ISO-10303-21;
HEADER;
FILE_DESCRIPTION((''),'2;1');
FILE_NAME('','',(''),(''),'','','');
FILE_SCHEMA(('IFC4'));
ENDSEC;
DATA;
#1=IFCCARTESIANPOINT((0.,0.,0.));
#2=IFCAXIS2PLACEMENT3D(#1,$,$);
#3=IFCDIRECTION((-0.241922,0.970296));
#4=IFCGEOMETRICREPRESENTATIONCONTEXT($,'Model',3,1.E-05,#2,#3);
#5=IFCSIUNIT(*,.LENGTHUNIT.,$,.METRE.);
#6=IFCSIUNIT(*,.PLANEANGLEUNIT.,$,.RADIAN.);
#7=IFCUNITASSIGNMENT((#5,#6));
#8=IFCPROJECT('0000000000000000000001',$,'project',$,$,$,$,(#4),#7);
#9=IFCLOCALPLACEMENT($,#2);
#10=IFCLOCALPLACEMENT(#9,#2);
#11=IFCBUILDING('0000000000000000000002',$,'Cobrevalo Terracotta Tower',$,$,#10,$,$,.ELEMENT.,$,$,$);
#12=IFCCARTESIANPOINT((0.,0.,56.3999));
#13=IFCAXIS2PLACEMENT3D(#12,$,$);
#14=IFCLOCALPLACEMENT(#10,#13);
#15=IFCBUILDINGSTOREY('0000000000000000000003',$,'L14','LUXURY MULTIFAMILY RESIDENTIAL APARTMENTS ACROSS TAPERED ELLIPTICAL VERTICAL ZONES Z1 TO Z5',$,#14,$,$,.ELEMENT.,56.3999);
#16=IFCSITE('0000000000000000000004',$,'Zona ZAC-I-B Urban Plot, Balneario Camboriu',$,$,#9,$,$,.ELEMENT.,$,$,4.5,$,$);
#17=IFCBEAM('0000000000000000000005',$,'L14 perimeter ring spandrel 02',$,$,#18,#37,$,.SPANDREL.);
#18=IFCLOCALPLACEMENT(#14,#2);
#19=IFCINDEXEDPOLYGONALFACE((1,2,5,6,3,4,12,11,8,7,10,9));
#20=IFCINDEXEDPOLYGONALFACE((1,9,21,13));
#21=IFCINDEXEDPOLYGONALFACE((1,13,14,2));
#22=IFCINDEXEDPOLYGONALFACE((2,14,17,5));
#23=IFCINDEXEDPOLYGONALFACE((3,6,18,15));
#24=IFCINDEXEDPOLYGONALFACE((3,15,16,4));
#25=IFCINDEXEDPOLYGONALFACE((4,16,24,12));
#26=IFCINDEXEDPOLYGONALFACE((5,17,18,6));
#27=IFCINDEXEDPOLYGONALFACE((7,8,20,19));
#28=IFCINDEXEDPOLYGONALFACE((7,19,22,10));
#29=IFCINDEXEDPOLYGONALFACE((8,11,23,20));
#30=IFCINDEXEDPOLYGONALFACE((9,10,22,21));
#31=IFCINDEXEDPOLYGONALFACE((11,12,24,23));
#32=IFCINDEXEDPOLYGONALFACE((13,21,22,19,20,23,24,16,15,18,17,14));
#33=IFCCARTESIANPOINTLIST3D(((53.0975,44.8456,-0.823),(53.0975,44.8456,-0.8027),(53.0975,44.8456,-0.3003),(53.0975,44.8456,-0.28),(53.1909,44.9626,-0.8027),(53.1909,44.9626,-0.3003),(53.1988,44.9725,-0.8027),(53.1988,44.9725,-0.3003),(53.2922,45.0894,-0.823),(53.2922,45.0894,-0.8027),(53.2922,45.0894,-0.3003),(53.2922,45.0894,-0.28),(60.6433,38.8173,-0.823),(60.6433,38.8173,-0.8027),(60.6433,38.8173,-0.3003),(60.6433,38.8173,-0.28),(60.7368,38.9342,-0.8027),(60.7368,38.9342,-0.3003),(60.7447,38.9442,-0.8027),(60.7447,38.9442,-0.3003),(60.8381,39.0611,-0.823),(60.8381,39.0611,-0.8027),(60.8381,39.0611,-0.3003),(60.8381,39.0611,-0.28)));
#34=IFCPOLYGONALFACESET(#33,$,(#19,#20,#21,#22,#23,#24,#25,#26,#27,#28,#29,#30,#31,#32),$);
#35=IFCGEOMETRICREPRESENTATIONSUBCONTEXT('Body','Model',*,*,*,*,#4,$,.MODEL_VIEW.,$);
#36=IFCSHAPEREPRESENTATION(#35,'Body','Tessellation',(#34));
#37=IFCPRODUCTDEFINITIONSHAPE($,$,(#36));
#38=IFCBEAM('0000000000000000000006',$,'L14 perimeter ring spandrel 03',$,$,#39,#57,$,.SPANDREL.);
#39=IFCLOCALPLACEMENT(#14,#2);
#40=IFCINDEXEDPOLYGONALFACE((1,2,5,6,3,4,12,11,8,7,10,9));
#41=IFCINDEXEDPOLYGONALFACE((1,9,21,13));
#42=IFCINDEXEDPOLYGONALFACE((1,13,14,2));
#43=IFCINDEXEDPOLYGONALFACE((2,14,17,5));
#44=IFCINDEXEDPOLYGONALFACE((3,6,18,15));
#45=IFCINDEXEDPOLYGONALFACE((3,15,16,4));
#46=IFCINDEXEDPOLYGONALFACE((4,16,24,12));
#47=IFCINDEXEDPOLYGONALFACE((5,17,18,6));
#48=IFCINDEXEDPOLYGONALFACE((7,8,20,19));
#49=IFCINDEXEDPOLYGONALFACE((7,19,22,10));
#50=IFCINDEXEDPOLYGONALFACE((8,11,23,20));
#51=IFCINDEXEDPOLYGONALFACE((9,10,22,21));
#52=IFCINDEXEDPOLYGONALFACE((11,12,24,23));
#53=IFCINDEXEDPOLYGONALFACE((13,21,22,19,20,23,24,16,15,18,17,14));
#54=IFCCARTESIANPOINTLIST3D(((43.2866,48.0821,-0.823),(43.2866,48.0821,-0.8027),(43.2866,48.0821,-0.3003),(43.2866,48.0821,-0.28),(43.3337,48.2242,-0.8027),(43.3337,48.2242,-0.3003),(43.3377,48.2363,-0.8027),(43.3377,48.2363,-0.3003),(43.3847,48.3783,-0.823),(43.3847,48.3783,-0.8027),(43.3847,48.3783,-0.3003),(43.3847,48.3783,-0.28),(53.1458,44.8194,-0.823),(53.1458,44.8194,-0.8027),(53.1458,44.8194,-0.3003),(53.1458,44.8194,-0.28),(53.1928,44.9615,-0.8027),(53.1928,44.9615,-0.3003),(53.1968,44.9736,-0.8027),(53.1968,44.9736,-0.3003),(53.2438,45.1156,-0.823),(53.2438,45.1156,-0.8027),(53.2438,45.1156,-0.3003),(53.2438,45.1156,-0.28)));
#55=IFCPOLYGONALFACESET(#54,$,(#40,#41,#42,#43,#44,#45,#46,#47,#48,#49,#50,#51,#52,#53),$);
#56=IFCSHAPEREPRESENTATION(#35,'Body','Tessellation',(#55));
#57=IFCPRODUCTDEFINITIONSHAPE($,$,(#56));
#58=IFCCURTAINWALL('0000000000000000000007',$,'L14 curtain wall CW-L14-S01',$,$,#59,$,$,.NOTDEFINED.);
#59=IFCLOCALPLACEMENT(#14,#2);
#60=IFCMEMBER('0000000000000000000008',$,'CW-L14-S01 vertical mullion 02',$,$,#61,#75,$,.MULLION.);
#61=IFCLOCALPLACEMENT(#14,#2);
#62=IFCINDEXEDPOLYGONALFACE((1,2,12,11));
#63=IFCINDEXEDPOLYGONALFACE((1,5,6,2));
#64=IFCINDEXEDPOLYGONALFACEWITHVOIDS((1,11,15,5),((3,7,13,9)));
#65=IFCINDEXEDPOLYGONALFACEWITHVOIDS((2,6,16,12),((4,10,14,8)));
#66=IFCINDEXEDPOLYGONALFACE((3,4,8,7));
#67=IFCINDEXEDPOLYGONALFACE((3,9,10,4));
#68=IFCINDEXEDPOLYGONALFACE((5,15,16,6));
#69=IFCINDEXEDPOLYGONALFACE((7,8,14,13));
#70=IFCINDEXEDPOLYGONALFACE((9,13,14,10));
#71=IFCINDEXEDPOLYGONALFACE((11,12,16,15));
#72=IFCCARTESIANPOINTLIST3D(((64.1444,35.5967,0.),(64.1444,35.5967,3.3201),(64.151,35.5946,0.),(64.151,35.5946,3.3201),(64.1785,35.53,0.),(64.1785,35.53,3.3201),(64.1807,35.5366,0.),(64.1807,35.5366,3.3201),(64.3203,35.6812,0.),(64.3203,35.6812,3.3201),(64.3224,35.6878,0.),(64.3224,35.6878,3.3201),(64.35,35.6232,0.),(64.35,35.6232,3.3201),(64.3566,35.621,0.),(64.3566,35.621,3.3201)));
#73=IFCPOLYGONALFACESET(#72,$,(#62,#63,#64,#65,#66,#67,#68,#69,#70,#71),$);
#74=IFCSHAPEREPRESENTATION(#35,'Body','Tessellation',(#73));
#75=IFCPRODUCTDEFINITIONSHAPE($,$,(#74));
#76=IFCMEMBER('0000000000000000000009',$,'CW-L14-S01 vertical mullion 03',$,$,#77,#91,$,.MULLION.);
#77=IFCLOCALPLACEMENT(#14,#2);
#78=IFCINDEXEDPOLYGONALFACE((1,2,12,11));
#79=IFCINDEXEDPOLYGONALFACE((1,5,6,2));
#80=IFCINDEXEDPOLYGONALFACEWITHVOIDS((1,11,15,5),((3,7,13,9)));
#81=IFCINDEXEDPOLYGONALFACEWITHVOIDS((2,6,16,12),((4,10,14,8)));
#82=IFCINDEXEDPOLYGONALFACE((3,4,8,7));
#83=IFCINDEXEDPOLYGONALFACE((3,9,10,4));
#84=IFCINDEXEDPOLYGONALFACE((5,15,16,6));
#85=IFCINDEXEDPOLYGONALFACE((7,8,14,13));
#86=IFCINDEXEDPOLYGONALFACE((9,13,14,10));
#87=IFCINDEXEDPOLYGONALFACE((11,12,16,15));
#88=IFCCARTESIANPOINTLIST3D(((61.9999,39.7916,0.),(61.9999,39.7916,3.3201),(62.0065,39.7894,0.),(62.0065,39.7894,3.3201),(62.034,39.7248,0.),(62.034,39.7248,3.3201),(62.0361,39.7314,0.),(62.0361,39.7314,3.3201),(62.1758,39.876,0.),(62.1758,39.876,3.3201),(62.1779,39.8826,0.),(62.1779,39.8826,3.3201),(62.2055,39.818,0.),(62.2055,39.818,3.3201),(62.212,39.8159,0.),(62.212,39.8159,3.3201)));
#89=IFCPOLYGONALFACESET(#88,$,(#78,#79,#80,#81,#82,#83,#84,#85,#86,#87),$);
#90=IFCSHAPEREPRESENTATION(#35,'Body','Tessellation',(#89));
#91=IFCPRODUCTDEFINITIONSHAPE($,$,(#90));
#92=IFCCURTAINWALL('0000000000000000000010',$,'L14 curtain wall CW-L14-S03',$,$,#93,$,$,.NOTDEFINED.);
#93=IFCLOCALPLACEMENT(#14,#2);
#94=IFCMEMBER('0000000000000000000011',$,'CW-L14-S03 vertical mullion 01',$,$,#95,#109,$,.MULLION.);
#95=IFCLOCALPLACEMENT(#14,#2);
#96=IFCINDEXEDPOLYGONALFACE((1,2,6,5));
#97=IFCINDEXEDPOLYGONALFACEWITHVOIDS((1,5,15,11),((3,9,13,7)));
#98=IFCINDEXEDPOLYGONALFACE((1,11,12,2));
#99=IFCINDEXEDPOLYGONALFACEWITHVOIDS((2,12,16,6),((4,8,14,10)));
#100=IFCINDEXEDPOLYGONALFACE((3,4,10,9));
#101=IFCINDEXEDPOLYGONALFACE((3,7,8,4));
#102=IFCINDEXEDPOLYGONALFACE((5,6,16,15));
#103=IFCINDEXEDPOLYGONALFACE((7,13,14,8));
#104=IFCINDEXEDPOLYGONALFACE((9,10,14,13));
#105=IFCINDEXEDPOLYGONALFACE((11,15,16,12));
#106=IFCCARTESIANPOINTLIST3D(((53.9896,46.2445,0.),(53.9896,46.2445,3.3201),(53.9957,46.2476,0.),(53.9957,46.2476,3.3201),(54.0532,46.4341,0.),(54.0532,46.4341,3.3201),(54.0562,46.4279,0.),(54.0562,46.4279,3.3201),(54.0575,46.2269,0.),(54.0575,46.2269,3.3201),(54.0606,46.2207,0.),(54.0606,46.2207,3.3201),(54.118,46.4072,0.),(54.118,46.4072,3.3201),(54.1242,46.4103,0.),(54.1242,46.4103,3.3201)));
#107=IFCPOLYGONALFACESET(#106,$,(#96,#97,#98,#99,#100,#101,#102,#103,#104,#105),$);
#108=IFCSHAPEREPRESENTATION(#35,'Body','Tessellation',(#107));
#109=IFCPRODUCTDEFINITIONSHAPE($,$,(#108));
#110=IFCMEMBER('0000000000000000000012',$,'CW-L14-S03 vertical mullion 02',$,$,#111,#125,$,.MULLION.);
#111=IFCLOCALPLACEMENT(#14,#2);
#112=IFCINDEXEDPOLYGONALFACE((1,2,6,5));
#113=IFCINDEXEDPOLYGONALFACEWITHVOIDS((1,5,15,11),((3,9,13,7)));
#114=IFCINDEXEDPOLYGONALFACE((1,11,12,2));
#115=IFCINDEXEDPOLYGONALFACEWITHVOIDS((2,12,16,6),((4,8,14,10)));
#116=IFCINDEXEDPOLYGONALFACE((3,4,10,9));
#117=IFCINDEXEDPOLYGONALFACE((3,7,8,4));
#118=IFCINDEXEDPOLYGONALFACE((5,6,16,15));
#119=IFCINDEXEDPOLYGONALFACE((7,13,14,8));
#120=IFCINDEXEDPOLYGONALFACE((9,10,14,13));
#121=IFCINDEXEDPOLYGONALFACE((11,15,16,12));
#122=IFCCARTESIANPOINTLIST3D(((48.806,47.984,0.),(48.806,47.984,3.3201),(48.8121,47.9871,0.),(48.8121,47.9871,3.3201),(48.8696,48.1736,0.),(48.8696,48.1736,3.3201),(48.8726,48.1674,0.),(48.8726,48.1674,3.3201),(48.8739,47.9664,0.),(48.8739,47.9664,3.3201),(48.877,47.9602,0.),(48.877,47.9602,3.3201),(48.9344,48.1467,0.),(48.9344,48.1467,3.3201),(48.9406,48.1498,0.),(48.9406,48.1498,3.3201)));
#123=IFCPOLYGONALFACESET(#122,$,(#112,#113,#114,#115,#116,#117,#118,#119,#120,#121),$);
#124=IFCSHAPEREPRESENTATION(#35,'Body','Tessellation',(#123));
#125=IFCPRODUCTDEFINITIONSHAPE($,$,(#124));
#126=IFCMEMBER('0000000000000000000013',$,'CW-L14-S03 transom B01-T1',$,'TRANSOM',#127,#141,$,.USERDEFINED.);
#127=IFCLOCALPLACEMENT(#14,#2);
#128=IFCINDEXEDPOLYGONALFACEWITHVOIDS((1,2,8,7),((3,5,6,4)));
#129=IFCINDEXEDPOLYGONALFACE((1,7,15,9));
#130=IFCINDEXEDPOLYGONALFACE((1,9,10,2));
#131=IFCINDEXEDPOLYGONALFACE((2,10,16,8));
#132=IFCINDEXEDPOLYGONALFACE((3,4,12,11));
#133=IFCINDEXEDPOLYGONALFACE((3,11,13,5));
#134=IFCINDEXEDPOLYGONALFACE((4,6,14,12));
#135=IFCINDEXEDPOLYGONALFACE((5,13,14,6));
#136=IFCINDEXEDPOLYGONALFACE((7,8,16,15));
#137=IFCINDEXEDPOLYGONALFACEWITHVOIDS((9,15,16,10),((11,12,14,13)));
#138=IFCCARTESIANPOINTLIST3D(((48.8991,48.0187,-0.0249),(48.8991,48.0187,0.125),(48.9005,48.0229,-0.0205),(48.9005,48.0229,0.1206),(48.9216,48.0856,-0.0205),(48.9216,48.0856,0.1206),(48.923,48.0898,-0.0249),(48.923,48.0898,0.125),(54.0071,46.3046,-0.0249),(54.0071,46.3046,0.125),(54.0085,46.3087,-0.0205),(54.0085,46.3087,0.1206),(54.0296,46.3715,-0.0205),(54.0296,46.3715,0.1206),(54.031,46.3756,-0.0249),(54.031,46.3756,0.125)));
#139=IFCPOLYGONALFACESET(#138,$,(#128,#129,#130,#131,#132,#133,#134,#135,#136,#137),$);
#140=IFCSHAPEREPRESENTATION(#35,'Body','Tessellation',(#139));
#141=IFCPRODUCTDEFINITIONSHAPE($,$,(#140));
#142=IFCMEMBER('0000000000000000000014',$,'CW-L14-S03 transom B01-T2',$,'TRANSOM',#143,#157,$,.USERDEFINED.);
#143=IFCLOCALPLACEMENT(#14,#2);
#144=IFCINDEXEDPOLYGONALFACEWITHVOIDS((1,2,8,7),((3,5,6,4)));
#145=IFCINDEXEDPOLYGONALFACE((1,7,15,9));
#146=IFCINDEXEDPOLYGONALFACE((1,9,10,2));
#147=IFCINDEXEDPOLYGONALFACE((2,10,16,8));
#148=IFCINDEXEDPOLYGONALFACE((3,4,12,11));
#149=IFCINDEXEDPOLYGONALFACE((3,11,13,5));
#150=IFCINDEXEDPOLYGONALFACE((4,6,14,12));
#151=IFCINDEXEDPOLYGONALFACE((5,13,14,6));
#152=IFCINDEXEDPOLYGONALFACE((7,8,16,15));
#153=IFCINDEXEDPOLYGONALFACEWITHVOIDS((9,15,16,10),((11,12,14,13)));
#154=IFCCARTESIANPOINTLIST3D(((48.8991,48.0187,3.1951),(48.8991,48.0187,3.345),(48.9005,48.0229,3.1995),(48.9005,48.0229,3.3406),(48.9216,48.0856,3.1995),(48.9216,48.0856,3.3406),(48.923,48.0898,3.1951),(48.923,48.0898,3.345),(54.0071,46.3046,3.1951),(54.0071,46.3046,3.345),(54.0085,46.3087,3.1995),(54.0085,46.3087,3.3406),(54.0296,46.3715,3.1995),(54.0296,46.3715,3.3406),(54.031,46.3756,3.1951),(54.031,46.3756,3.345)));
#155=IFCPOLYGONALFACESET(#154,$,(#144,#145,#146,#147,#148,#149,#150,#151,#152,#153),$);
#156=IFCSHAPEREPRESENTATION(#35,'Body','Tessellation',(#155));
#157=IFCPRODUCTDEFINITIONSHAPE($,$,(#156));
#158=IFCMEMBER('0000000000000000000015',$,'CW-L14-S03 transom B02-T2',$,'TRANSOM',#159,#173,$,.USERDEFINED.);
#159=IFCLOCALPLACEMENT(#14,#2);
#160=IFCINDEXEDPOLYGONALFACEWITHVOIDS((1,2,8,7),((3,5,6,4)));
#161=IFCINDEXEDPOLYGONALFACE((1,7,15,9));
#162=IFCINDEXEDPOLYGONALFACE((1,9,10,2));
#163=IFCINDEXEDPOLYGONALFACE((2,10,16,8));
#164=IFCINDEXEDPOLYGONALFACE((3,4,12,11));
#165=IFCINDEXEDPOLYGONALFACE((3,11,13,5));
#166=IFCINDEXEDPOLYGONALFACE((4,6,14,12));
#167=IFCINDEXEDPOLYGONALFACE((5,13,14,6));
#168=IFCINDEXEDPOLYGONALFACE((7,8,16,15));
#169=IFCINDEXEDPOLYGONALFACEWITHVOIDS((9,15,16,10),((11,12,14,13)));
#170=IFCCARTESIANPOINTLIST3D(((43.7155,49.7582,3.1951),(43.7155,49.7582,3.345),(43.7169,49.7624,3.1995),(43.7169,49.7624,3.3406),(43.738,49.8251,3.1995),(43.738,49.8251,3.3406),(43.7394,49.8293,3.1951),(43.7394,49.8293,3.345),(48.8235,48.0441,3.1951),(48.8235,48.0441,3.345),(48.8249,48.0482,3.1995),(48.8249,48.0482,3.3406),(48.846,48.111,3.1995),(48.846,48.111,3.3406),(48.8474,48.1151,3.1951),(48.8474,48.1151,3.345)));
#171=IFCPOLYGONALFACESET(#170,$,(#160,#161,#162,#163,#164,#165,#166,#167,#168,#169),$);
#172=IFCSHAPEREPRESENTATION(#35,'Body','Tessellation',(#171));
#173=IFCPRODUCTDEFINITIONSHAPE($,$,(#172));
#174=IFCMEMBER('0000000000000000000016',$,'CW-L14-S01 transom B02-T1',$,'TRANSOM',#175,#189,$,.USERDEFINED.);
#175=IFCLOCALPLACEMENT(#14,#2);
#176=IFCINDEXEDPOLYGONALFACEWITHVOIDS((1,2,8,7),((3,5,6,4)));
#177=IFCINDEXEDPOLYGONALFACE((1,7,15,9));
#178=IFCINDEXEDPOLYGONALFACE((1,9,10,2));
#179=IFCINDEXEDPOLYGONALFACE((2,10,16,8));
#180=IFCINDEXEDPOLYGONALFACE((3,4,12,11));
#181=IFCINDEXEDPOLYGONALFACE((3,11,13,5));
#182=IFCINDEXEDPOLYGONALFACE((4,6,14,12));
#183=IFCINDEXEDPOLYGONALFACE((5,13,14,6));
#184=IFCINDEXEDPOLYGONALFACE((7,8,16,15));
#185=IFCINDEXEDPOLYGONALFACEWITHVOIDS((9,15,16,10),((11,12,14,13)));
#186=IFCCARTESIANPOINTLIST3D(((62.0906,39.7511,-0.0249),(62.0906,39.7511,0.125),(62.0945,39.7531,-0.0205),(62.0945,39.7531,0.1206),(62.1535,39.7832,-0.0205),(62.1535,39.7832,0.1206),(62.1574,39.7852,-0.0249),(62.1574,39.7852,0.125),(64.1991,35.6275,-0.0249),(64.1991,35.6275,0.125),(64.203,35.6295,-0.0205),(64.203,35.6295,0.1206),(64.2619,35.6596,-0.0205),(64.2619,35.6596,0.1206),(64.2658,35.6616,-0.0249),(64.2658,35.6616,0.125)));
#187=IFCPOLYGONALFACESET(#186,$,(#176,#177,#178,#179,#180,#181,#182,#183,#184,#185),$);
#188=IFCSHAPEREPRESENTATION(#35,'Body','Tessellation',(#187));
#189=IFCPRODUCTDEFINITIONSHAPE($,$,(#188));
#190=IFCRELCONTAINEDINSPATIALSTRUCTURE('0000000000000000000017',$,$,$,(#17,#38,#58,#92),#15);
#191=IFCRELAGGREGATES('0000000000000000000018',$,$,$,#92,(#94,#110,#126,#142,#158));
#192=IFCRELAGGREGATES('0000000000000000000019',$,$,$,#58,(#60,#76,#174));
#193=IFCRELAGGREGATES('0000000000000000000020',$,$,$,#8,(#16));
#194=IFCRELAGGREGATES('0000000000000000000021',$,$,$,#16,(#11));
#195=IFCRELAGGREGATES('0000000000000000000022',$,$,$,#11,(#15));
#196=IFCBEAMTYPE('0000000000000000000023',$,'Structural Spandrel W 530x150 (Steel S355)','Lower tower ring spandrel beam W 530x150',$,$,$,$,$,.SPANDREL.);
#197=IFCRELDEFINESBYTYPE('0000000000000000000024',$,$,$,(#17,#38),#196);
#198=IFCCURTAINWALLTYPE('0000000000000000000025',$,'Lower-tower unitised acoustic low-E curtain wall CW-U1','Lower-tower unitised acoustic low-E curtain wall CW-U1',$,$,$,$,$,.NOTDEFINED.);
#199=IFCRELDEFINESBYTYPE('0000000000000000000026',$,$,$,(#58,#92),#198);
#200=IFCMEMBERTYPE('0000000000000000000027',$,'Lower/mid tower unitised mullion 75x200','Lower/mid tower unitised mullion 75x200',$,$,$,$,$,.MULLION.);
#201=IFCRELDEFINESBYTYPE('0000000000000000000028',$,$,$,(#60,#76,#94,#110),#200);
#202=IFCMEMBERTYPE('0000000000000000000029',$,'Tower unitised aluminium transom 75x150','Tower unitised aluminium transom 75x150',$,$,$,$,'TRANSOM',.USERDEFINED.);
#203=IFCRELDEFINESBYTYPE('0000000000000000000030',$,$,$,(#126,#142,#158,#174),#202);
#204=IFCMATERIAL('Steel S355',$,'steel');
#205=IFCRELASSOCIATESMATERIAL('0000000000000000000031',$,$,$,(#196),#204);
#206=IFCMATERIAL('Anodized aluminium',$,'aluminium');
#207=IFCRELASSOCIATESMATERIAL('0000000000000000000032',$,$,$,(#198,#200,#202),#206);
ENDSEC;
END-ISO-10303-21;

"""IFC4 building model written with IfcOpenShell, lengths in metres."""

from ifc_helpers import new_model, si_unit, direction, frame, origin, origin_2d, place, context, subcontext, project, spatial, hollow_rectangle, i_section, extrude, source, transform, mapped, material, material_profile, profile_set, type_object, element, aggregate, save


model = new_model("IFC4")

# Units and contexts
model_context = context("Model", 3, precision=1e-05, world=origin(), true_north=direction((-0.241922, 0.970296)))
body_context = subcontext(model_context, "Body", "Model", "MODEL_VIEW")
ifc_project = project(units=[si_unit("LENGTHUNIT", "METRE"), si_unit("PLANEANGLEUNIT", "RADIAN")], contexts=[model_context])

# Site, building, storey
site_placement = place(None, origin())
site = spatial("IfcSite", under=ifc_project, at=site_placement, Name="Zona ZAC-I-B Urban Plot, Balneario Camboriu", CompositionType="ELEMENT", RefElevation=4.5)
building_placement = place(site_placement, origin())
building = spatial("IfcBuilding", under=site, at=building_placement, Name="Cobrevalo Terracotta Tower", CompositionType="ELEMENT")
storey_placement = place(building_placement, frame((0.0, 0.0, 56.3999)))
storey = spatial("IfcBuildingStorey", under=building, at=storey_placement, Name="L14", Description="LUXURY MULTIFAMILY RESIDENTIAL APARTMENTS ACROSS TAPERED ELLIPTICAL VERTICAL ZONES Z1 TO Z5", CompositionType="ELEMENT", Elevation=56.3999)

# Shared definitions
ifc_material_1 = material(Name="Steel S355", Category="steel")

# Beams
ifc_material_profile_1 = material_profile(ifc_material_1, i_section(OverallWidth=0.312, OverallDepth=0.543, WebThickness=0.0127, FlangeThickness=0.0203, at=origin_2d()), Name="W 530x150")
ifc_profile_set_1 = profile_set([ifc_material_profile_1], Name="Steel S355")
beam_type_1 = type_object("IfcBeamType", Name="Structural Spandrel W 530x150 (Steel S355)", Description="Lower tower ring spandrel beam W 530x150", PredefinedType="SPANDREL", material=ifc_profile_set_1)
beam_1_placement = place(storey_placement, frame((60.7407, 38.9392, -0.5515), z_axis=(-0.781293, 0.624165, 0.0), x_axis=(-0.624165, -0.781293, 0.0)))
element("IfcBeam", 1, at=beam_1_placement, inside=storey, type_object=beam_type_1, Name="L14 perimeter ring spandrel 02", PredefinedType="SPANDREL", context=body_context, shape_type="SweptSolid", body=[
    extrude(i_section(OverallWidth=0.312, OverallDepth=0.543, WebThickness=0.0127, FlangeThickness=0.0203, at=origin_2d()), origin(), (0.0, 0.0, 1.0), 9.6582),
])
beam_2_placement = place(storey_placement, frame((53.1948, 44.9675, -0.5515), z_axis=(-0.949365, 0.314175, 0.0), x_axis=(-0.314175, -0.949365, 0.0)))
element("IfcBeam", 2, at=beam_2_placement, inside=storey, type_object=beam_type_1, Name="L14 perimeter ring spandrel 03", PredefinedType="SPANDREL", context=body_context, shape_type="SweptSolid", body=[
    extrude(i_section(OverallWidth=0.312, OverallDepth=0.543, WebThickness=0.0127, FlangeThickness=0.0203, at=origin_2d()), origin(), (0.0, 0.0, 1.0), 10.385),
])

# Curtain walls, members
ifc_material_2 = material(Name="Anodized aluminium", Category="aluminium")
curtain_wall_type = type_object("IfcCurtainWallType", Name="Lower-tower unitised acoustic low-E curtain wall CW-U1", Description="Lower-tower unitised acoustic low-E curtain wall CW-U1", PredefinedType="NOTDEFINED", material=ifc_material_2)
curtain_wall_1_placement = place(storey_placement, origin())
curtain_wall_1 = element("IfcCurtainWall", 3, at=curtain_wall_1_placement, inside=storey, type_object=curtain_wall_type, Name="L14 curtain wall CW-L14-S01", PredefinedType="NOTDEFINED")
ifc_material_profile_2 = material_profile(ifc_material_2, hollow_rectangle(XDim=0.075, YDim=0.2, WallThickness=0.0049, at=origin_2d()), Name="CWM 75x200")
ifc_profile_set_2 = profile_set([ifc_material_profile_2], Name="Anodized aluminium")
member_type_1 = type_object("IfcMemberType", Name="Lower/mid tower unitised mullion 75x200", Description="Lower/mid tower unitised mullion 75x200", PredefinedType="MULLION", material=ifc_profile_set_2)
shared_shape_1 = source(origin(), body_context, "Body", "SweptSolid", [
    extrude(hollow_rectangle(XDim=0.075, YDim=0.2, WallThickness=0.0049, at=origin_2d()), origin(), (0.0, 0.0, 1.0), 3.3201),
])
member_1_placement = place(storey_placement, frame((64.2505, 35.6089, 0.0), z_axis=(0.0, 0.0, 1.0), x_axis=(-0.455234, 0.890372, 0.0)))
member_1 = element("IfcMember", 4, at=member_1_placement, type_object=member_type_1, Name="CW-L14-S01 vertical mullion 02", PredefinedType="MULLION", context=body_context, shape_type="MappedRepresentation", body=[
    mapped(shared_shape_1, transform((0.0, 0.0, 0.0), scale=1.0)),
])
member_2_placement = place(storey_placement, frame((62.106, 39.8037, 0.0), z_axis=(0.0, 0.0, 1.0), x_axis=(-0.455234, 0.890372, 0.0)))
member_2 = element("IfcMember", 5, at=member_2_placement, type_object=member_type_1, Name="CW-L14-S01 vertical mullion 03", PredefinedType="MULLION", context=body_context, shape_type="MappedRepresentation", body=[
    mapped(shared_shape_1, transform((0.0, 0.0, 0.0), scale=1.0)),
])
curtain_wall_2_placement = place(storey_placement, origin())
curtain_wall_2 = element("IfcCurtainWall", 6, at=curtain_wall_2_placement, inside=storey, type_object=curtain_wall_type, Name="L14 curtain wall CW-L14-S03", PredefinedType="NOTDEFINED")
member_3_placement = place(storey_placement, frame((54.0569, 46.3274, 0.0), z_axis=(0.0, 0.0, 1.0), x_axis=(-0.948046, 0.318132, 0.0)))
member_3 = element("IfcMember", 7, at=member_3_placement, type_object=member_type_1, Name="CW-L14-S03 vertical mullion 01", PredefinedType="MULLION", context=body_context, shape_type="MappedRepresentation", body=[
    mapped(shared_shape_1, transform((0.0, 0.0, 0.0), scale=1.0)),
])
member_4_placement = place(storey_placement, frame((48.8733, 48.0669, 0.0), z_axis=(0.0, 0.0, 1.0), x_axis=(-0.948046, 0.318132, 0.0)))
member_4 = element("IfcMember", 8, at=member_4_placement, type_object=member_type_1, Name="CW-L14-S03 vertical mullion 02", PredefinedType="MULLION", context=body_context, shape_type="MappedRepresentation", body=[
    mapped(shared_shape_1, transform((0.0, 0.0, 0.0), scale=1.0)),
])
ifc_material_profile_3 = material_profile(ifc_material_2, hollow_rectangle(XDim=0.075, YDim=0.1499, WallThickness=0.0044, at=origin_2d()), Name="CWT 75x150")
ifc_profile_set_3 = profile_set([ifc_material_profile_3], Name="Anodized aluminium")
member_type_2 = type_object("IfcMemberType", Name="Tower unitised aluminium transom 75x150", Description="Tower unitised aluminium transom 75x150", ElementType="TRANSOM", PredefinedType="USERDEFINED", material=ifc_profile_set_3)
shared_shape_2 = source(origin(), body_context, "Body", "SweptSolid", [
    extrude(hollow_rectangle(XDim=0.075, YDim=0.1499, WallThickness=0.0044, at=origin_2d()), origin(), (0.0, 0.0, 1.0), 5.3879),
])
member_5_placement = place(storey_placement, frame((54.019, 46.3401, 0.05), z_axis=(-0.948042, 0.318144, 0.0), x_axis=(-0.318144, -0.948042, 0.0)))
member_5 = element("IfcMember", 9, at=member_5_placement, type_object=member_type_2, Name="CW-L14-S03 transom B01-T1", ObjectType="TRANSOM", PredefinedType="USERDEFINED", context=body_context, shape_type="MappedRepresentation", body=[
    mapped(shared_shape_2, transform((0.0, 0.0, 0.0), scale=1.0)),
])
member_6_placement = place(storey_placement, frame((54.019, 46.3401, 3.27), z_axis=(-0.948042, 0.318144, 0.0), x_axis=(-0.318144, -0.948042, 0.0)))
member_6 = element("IfcMember", 10, at=member_6_placement, type_object=member_type_2, Name="CW-L14-S03 transom B01-T2", ObjectType="TRANSOM", PredefinedType="USERDEFINED", context=body_context, shape_type="MappedRepresentation", body=[
    mapped(shared_shape_2, transform((0.0, 0.0, 0.0), scale=1.0)),
])
member_7_placement = place(storey_placement, frame((48.8354, 48.0796, 3.27), z_axis=(-0.948042, 0.318144, 0.0), x_axis=(-0.318144, -0.948042, 0.0)))
member_7 = element("IfcMember", 11, at=member_7_placement, type_object=member_type_2, Name="CW-L14-S03 transom B02-T2", ObjectType="TRANSOM", PredefinedType="USERDEFINED", context=body_context, shape_type="MappedRepresentation", body=[
    mapped(shared_shape_2, transform((0.0, 0.0, 0.0), scale=1.0)),
])

# Member
shared_shape_3 = source(origin(), body_context, "Body", "SweptSolid", [
    extrude(hollow_rectangle(XDim=0.075, YDim=0.1499, WallThickness=0.0044, at=origin_2d()), origin(), (0.0, 0.0, 1.0), 4.6313),
])
member_8_placement = place(storey_placement, frame((64.2324, 35.6445, 0.05), z_axis=(-0.45525, 0.890363, 0.0), x_axis=(-0.890363, -0.45525, 0.0)))
member_8 = element("IfcMember", 12, at=member_8_placement, type_object=member_type_2, Name="CW-L14-S01 transom B02-T1", ObjectType="TRANSOM", PredefinedType="USERDEFINED", context=body_context, shape_type="MappedRepresentation", body=[
    mapped(shared_shape_3, transform((0.0, 0.0, 0.0), scale=1.0)),
])

aggregate(curtain_wall_2, [member_3, member_4, member_5, member_6, member_7])
aggregate(curtain_wall_1, [member_1, member_2, member_8])

save(model, "model.ifc")
